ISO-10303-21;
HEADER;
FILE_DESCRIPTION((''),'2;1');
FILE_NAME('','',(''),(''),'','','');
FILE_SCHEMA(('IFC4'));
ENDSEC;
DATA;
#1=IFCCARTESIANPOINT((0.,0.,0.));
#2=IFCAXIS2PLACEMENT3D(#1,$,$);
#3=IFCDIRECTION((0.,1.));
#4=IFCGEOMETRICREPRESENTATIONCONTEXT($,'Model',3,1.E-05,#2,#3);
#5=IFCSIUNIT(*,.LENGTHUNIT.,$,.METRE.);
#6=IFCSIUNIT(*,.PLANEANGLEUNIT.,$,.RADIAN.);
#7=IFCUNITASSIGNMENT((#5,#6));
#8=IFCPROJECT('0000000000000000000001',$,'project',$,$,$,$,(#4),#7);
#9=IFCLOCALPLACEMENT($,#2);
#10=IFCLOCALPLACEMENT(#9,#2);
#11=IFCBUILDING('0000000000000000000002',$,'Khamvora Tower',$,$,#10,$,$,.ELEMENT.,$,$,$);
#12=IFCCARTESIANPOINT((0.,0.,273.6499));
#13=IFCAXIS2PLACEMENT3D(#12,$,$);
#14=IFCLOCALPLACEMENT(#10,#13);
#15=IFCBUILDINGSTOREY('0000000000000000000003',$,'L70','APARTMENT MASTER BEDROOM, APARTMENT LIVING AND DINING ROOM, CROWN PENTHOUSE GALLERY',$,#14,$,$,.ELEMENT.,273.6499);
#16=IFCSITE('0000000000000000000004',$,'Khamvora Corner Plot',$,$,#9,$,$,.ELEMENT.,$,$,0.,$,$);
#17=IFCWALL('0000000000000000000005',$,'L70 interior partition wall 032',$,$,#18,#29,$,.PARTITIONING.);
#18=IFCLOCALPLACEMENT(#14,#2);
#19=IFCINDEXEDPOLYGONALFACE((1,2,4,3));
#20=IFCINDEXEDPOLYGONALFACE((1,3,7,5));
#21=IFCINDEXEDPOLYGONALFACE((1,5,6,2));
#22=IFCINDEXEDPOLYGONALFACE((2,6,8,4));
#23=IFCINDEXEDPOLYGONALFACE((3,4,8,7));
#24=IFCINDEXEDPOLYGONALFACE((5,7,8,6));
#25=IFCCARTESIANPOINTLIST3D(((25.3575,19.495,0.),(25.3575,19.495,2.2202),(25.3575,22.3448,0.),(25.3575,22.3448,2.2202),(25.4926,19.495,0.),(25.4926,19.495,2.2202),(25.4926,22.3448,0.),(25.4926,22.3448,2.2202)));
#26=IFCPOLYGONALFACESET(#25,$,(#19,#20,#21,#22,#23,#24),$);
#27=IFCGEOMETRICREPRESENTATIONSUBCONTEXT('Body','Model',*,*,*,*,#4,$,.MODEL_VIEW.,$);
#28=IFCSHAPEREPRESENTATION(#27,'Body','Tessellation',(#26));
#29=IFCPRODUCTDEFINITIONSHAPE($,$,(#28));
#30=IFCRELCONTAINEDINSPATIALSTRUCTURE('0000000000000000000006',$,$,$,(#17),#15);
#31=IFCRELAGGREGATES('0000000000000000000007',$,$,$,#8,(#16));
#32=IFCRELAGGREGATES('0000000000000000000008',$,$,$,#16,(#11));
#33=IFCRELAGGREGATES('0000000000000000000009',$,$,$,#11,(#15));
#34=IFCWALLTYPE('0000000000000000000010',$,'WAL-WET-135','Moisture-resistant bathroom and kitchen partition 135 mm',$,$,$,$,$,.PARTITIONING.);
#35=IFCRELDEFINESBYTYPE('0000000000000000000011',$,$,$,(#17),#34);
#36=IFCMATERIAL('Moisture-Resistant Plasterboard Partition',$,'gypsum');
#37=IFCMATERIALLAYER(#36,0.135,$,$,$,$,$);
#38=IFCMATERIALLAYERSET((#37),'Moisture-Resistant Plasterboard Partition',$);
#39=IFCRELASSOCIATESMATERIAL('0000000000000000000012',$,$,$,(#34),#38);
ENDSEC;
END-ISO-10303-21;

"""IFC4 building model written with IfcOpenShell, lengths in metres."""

from ifc_helpers import new_model, si_unit, direction, frame, frame_2d, origin, place, context, subcontext, project, spatial, rectangle, extrude, material, layer, layer_set, type_object, element, save


model = new_model("IFC4")

# Units and contexts
model_context = context("Model", 3, precision=1e-05, world=origin(), true_north=direction((0.0, 1.0)))
body_context = subcontext(model_context, "Body", "Model", "MODEL_VIEW")
ifc_project = project(units=[si_unit("LENGTHUNIT", "METRE"), si_unit("PLANEANGLEUNIT", "RADIAN")], contexts=[model_context])

# Site, building, storey
site_placement = place(None, origin())
site = spatial("IfcSite", under=ifc_project, at=site_placement, Name="Khamvora Corner Plot", CompositionType="ELEMENT", RefElevation=0.0)
building_placement = place(site_placement, origin())
building = spatial("IfcBuilding", under=site, at=building_placement, Name="Khamvora Tower", CompositionType="ELEMENT")
storey_placement = place(building_placement, frame((0.0, 0.0, 273.6499)))
storey = spatial("IfcBuildingStorey", under=building, at=storey_placement, Name="L70", Description="APARTMENT MASTER BEDROOM, APARTMENT LIVING AND DINING ROOM, CROWN PENTHOUSE GALLERY", CompositionType="ELEMENT", Elevation=273.6499)

# Shared definitions
ifc_material_1 = material(Name="Moisture-Resistant Plasterboard Partition", Category="gypsum")
ifc_layer_1 = layer(ifc_material_1, 0.135)
ifc_layer_set_1 = layer_set([ifc_layer_1], Name="Moisture-Resistant Plasterboard Partition")
wall_type_1 = type_object("IfcWallType", Name="WAL-WET-135", Description="Moisture-resistant bathroom and kitchen partition 135 mm", PredefinedType="PARTITIONING", material=ifc_layer_set_1)

# Wall
wall_1_placement = place(storey_placement, frame((25.425, 19.4951, 0.0), z_axis=(0.0, 0.0, 1.0), x_axis=(0.0, 1.0, 0.0)))
element("IfcWall", 1, at=wall_1_placement, inside=storey, type_object=wall_type_1, Name="L70 interior partition wall 032", PredefinedType="PARTITIONING", context=body_context, shape_type="SweptSolid", body=[
    extrude(rectangle(XDim=2.8499, YDim=0.135, at=frame_2d((1.4248, 0.0))), origin(), (0.0, 0.0, 1.0), 2.2202),
])

save(model, "model.ifc")
